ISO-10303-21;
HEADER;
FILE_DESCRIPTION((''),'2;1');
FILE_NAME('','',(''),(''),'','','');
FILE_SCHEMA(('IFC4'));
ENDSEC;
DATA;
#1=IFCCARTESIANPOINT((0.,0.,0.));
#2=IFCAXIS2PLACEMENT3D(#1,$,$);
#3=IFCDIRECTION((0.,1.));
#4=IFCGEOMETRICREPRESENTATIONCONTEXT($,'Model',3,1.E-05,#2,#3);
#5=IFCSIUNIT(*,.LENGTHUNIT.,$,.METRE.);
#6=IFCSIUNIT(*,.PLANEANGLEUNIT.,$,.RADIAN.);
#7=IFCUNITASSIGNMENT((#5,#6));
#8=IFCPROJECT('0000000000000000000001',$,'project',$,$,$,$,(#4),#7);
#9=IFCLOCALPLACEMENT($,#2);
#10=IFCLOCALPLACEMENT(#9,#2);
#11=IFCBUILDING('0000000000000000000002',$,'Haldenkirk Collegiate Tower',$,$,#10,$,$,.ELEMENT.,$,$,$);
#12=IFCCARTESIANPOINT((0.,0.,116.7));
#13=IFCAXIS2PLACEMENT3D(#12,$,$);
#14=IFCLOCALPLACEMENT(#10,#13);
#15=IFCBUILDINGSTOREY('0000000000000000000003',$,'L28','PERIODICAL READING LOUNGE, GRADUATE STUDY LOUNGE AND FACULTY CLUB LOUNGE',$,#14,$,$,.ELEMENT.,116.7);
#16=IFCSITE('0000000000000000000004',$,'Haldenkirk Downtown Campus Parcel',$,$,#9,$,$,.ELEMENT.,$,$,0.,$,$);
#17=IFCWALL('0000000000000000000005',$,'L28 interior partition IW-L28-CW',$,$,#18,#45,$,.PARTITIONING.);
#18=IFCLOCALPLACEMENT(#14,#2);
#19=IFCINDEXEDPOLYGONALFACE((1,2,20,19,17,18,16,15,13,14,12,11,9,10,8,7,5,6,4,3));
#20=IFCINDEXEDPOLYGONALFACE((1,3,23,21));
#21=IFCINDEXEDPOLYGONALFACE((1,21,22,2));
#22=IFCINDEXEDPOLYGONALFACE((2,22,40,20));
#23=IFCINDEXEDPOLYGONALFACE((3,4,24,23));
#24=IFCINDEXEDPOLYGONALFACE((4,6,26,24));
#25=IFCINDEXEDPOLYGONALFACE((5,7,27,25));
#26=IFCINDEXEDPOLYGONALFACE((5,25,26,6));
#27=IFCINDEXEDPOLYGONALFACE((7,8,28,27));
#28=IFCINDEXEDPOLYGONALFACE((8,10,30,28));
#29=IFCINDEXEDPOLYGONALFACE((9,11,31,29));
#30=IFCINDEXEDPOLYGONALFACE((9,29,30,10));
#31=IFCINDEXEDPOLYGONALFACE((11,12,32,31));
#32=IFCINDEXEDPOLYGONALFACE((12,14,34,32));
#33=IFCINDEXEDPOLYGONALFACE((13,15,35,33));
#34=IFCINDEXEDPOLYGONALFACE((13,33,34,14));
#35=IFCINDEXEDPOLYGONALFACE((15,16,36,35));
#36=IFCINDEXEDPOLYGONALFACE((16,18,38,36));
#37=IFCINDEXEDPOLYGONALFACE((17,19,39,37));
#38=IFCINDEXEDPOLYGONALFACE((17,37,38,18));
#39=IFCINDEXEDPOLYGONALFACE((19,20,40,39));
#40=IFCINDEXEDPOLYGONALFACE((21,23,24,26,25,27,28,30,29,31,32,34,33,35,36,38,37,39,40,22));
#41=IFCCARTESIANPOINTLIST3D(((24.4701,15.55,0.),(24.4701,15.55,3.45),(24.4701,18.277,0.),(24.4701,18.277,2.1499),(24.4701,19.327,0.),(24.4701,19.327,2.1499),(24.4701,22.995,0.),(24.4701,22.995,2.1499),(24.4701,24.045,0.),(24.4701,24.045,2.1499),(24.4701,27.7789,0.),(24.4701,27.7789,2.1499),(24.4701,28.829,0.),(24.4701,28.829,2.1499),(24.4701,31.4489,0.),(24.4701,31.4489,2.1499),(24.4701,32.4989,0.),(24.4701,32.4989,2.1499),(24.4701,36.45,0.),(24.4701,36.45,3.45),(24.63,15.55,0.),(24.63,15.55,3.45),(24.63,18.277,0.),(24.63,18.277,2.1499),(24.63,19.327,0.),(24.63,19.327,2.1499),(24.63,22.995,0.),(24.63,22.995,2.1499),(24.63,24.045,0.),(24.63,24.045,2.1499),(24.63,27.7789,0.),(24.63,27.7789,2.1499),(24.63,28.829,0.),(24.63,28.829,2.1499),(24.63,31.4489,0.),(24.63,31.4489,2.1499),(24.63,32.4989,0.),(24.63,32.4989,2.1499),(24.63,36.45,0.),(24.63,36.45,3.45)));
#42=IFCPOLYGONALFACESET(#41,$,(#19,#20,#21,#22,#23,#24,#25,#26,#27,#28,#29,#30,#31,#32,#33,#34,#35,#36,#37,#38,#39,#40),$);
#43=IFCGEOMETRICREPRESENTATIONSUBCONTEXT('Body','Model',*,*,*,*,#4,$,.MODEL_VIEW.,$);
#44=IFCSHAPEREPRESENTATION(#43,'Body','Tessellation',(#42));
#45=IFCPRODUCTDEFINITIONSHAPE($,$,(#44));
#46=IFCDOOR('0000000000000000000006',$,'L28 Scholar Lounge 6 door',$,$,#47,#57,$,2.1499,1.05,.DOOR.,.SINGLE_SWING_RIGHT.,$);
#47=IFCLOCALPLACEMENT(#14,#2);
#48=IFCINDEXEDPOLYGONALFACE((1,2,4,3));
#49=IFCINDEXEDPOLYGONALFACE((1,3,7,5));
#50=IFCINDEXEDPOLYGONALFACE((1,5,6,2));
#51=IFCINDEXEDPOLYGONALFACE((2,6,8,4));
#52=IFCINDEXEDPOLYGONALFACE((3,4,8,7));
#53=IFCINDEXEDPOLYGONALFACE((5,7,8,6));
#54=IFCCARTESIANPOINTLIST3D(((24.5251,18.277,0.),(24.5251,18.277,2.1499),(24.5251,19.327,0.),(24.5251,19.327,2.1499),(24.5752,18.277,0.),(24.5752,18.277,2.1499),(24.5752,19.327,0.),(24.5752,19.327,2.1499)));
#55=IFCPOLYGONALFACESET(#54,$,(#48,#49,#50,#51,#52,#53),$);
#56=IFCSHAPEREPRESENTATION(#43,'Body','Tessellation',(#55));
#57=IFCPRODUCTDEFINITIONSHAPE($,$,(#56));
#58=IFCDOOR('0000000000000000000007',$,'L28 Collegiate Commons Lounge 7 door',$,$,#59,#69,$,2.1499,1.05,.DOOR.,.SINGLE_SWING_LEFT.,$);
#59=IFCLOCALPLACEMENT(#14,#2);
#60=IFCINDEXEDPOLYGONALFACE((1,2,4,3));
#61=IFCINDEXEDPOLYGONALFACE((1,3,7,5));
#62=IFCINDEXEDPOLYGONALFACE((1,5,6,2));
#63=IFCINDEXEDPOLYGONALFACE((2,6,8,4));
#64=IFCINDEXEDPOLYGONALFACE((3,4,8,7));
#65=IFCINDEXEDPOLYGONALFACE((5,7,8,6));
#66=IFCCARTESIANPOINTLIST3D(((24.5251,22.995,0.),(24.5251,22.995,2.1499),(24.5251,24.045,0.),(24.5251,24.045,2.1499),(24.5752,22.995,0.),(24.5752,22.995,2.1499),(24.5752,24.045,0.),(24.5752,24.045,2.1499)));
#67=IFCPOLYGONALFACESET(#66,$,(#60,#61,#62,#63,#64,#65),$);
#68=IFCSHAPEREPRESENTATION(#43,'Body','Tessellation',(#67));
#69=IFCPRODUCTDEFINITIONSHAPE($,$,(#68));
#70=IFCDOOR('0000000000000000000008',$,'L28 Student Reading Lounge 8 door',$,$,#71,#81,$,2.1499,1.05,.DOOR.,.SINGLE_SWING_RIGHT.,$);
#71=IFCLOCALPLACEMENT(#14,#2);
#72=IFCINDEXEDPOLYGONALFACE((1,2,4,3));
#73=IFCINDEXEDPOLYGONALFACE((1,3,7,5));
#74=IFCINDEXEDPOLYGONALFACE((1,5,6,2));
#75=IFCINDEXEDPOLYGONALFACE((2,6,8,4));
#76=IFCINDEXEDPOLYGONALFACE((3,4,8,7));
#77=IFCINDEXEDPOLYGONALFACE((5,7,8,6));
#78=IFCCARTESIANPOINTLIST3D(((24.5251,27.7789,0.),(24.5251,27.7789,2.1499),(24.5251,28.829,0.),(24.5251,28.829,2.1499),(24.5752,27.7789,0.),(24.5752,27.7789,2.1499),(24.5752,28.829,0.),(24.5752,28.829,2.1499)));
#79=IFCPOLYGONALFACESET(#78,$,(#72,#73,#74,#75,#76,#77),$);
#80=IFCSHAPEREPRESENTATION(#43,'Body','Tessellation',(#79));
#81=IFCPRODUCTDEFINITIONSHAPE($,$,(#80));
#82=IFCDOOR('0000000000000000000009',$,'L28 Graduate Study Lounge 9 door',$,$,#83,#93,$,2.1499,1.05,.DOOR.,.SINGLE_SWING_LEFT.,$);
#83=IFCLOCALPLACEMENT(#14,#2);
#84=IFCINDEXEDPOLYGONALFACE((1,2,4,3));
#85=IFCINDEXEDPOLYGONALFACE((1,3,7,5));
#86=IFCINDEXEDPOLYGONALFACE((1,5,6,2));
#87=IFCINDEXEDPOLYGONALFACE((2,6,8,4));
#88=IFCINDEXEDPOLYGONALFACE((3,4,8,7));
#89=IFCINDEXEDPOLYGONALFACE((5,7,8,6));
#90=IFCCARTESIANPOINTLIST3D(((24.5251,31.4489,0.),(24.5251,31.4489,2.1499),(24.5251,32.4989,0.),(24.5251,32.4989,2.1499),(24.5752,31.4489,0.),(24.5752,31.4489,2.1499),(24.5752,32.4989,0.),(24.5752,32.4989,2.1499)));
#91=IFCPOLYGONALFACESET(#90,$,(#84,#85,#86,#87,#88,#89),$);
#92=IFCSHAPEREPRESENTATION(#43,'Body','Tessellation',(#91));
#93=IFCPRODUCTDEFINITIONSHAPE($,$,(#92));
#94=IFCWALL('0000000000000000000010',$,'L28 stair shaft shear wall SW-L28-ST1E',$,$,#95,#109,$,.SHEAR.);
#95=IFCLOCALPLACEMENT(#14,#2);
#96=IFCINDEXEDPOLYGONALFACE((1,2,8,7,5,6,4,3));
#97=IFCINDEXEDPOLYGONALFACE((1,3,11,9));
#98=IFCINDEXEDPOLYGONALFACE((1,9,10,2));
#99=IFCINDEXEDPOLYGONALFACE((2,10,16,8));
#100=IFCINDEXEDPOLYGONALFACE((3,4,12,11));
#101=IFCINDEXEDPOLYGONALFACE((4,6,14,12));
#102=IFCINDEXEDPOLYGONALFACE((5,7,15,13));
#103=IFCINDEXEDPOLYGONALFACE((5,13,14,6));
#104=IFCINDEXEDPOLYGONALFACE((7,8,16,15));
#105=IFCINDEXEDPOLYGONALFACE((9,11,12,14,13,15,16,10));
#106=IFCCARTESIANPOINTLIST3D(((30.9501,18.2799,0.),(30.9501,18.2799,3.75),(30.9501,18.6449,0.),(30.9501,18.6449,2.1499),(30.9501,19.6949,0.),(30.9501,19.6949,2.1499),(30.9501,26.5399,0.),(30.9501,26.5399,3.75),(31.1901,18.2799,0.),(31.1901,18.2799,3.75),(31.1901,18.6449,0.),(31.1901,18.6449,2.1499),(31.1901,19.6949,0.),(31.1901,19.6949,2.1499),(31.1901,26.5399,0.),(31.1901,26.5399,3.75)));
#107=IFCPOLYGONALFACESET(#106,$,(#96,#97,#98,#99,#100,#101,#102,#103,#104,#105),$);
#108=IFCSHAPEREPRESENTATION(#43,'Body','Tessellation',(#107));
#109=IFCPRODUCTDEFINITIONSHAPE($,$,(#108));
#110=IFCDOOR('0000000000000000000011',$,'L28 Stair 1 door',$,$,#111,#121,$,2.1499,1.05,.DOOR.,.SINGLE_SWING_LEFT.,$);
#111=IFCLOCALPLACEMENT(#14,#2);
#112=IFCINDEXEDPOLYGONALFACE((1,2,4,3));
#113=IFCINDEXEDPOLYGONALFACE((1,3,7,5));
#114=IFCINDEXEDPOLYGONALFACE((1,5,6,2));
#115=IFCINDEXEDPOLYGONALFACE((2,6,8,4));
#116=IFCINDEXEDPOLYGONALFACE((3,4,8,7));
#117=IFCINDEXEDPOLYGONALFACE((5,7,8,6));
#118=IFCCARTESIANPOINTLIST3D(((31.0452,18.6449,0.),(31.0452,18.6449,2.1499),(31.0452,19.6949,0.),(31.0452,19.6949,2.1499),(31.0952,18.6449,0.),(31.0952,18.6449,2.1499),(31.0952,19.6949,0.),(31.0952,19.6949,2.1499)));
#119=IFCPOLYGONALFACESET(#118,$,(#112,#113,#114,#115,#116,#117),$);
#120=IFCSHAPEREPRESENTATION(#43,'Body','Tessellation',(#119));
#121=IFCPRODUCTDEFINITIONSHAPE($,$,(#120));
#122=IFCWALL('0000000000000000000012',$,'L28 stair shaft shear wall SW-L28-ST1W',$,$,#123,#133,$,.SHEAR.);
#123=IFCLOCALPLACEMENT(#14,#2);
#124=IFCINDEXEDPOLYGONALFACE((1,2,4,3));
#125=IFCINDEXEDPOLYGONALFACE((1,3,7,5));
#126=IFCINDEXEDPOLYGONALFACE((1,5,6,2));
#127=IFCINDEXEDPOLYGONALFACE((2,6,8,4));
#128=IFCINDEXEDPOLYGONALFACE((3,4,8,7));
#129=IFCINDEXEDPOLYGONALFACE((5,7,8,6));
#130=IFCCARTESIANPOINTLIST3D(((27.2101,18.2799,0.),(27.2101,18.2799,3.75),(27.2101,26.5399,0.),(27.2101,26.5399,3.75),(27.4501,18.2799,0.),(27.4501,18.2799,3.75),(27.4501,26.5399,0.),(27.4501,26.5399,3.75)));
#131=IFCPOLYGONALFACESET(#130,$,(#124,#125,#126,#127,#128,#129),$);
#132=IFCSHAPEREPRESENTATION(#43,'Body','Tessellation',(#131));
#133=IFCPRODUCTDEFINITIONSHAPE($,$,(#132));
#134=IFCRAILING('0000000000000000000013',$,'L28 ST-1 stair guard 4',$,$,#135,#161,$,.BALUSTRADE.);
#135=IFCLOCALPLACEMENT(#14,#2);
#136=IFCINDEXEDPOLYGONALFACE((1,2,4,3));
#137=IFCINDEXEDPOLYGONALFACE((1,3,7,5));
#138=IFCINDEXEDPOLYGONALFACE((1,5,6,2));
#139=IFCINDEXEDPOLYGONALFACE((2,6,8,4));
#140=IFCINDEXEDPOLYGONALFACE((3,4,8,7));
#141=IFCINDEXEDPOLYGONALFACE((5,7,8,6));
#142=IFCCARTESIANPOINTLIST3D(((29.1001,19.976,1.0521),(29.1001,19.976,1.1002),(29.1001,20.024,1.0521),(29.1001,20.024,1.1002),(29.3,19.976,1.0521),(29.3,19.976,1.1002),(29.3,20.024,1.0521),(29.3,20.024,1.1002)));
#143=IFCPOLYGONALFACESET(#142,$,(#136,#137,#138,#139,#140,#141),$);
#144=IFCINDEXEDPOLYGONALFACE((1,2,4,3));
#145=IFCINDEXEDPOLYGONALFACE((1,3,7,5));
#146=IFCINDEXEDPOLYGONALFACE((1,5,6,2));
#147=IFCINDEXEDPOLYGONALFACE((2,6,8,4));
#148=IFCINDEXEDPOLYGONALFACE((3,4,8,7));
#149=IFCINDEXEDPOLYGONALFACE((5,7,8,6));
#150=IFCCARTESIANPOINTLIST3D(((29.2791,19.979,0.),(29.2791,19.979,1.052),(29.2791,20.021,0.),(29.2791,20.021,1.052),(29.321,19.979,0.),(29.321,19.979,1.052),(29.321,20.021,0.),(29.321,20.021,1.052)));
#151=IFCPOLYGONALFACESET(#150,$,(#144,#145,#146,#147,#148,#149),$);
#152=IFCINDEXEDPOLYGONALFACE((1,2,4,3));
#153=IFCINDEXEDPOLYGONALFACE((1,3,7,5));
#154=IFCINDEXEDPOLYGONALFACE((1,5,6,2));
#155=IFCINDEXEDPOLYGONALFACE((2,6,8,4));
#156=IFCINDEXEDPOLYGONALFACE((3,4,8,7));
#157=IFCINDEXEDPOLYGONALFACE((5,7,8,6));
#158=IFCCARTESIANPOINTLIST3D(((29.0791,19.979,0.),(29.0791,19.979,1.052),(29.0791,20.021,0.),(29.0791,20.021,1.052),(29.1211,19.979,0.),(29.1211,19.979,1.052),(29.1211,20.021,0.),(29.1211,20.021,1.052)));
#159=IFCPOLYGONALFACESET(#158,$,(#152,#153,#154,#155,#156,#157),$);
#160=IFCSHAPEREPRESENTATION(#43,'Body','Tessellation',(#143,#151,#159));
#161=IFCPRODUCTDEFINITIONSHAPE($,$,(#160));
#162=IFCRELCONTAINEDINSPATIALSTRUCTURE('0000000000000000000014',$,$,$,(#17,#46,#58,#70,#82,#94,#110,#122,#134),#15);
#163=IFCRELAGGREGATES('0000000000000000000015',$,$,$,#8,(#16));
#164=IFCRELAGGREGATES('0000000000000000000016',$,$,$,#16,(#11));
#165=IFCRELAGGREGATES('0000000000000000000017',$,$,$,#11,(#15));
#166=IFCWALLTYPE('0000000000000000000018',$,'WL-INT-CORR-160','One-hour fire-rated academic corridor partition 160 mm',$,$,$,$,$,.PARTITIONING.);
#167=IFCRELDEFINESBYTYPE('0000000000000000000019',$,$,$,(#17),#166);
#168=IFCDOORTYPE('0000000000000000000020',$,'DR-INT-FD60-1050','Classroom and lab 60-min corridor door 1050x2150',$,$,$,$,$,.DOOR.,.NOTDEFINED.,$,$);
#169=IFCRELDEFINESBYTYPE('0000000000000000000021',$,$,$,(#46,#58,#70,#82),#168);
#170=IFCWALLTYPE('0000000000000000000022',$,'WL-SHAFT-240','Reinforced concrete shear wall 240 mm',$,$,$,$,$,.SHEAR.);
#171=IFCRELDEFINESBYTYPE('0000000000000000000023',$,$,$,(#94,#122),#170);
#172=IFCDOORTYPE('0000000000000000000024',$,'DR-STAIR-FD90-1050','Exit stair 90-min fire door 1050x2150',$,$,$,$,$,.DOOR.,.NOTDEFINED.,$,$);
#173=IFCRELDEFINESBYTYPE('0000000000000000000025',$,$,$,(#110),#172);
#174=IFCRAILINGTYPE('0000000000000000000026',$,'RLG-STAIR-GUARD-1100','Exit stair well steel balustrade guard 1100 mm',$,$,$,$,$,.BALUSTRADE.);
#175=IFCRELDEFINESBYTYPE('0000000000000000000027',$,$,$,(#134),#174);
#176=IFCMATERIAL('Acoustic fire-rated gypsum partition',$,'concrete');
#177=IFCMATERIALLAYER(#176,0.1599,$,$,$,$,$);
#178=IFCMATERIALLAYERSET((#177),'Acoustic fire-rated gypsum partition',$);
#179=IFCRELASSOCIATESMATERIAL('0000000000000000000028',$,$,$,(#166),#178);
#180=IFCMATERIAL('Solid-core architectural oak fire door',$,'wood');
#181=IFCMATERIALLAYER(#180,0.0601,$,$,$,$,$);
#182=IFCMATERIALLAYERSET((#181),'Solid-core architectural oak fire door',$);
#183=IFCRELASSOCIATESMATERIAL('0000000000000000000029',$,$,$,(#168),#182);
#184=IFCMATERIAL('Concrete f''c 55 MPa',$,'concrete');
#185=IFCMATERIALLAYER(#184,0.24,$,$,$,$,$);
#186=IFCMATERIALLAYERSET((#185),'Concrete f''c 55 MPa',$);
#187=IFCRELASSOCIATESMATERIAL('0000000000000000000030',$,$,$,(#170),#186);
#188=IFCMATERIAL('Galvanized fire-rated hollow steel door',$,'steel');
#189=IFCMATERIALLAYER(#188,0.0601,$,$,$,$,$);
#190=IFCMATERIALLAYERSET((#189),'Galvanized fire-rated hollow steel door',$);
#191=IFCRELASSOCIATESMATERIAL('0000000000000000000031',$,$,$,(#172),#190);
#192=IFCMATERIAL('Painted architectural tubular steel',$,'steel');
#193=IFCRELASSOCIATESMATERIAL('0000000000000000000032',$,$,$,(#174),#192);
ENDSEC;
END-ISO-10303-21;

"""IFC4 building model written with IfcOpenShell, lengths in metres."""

from ifc_helpers import new_model, si_unit, direction, frame, frame_2d, origin, origin_2d, place, context, subcontext, project, spatial, rectangle, extrude, material, layer, layer_set, type_object, element, fill, save


model = new_model("IFC4")

# Units and contexts
model_context = context("Model", 3, precision=1e-05, world=origin(), true_north=direction((0.0, 1.0)))
body_context = subcontext(model_context, "Body", "Model", "MODEL_VIEW")
ifc_project = project(units=[si_unit("LENGTHUNIT", "METRE"), si_unit("PLANEANGLEUNIT", "RADIAN")], contexts=[model_context])

# Site, building, storey
site_placement = place(None, origin())
site = spatial("IfcSite", under=ifc_project, at=site_placement, Name="Haldenkirk Downtown Campus Parcel", CompositionType="ELEMENT", RefElevation=0.0)
building_placement = place(site_placement, origin())
building = spatial("IfcBuilding", under=site, at=building_placement, Name="Haldenkirk Collegiate Tower", CompositionType="ELEMENT")
storey_placement = place(building_placement, frame((0.0, 0.0, 116.7)))
storey = spatial("IfcBuildingStorey", under=building, at=storey_placement, Name="L28", Description="PERIODICAL READING LOUNGE, GRADUATE STUDY LOUNGE AND FACULTY CLUB LOUNGE", CompositionType="ELEMENT", Elevation=116.7)

# Shared definitions
ifc_material_1 = material(Name="Galvanized fire-rated hollow steel door", Category="steel")

# Wall, openings, doors
ifc_material_2 = material(Name="Acoustic fire-rated gypsum partition", Category="concrete")
ifc_layer_1 = layer(ifc_material_2, 0.1599)
ifc_layer_set_1 = layer_set([ifc_layer_1], Name="Acoustic fire-rated gypsum partition")
wall_type_1 = type_object("IfcWallType", Name="WL-INT-CORR-160", Description="One-hour fire-rated academic corridor partition 160 mm", PredefinedType="PARTITIONING", material=ifc_layer_set_1)
ifc_material_3 = material(Name="Solid-core architectural oak fire door", Category="wood")
ifc_layer_2 = layer(ifc_material_3, 0.0601)
ifc_layer_set_2 = layer_set([ifc_layer_2], Name="Solid-core architectural oak fire door")
door_type_1 = type_object("IfcDoorType", Name="DR-INT-FD60-1050", Description="Classroom and lab 60-min corridor door 1050x2150", OperationType="NOTDEFINED", PredefinedType="DOOR", material=ifc_layer_set_2)
wall_1_placement = place(storey_placement, frame((24.55, 15.55, 0.0), z_axis=(0.0, 0.0, 1.0), x_axis=(0.0, 1.0, 0.0)))
wall_1 = element("IfcWall", 1, at=wall_1_placement, inside=storey, type_object=wall_type_1, Name="L28 interior partition IW-L28-CW", PredefinedType="PARTITIONING", context=body_context, shape_type="SweptSolid", body=[
    extrude(rectangle(XDim=20.8999, YDim=0.1599, at=frame_2d((10.45, 0.0))), origin(), (0.0, 0.0, 1.0), 3.45),
])
opening_1_placement = place(wall_1_placement, frame((2.7271, 0.0, 0.0)))
opening_1 = element("IfcOpeningElement", 2, at=opening_1_placement, cuts=wall_1, PredefinedType="OPENING", context=body_context, shape_type="SweptSolid", body=[
    extrude(rectangle(XDim=1.05, YDim=2.1499, at=frame_2d((0.5249, 1.075))), frame((0.0, 0.0898, 0.0), z_axis=(0.0, -1.0, 0.0), x_axis=(1.0, 0.0, 0.0)), (0.0, 0.0, 1.0), 0.1799),
])
opening_2_placement = place(wall_1_placement, frame((7.4451, 0.0, 0.0)))
opening_2 = element("IfcOpeningElement", 3, at=opening_2_placement, cuts=wall_1, PredefinedType="OPENING", context=body_context, shape_type="SweptSolid", body=[
    extrude(rectangle(XDim=1.05, YDim=2.1499, at=frame_2d((0.5249, 1.075))), frame((0.0, 0.0898, 0.0), z_axis=(0.0, -1.0, 0.0), x_axis=(1.0, 0.0, 0.0)), (0.0, 0.0, 1.0), 0.1799),
])
opening_3_placement = place(wall_1_placement, frame((12.229, 0.0, 0.0)))
opening_3 = element("IfcOpeningElement", 4, at=opening_3_placement, cuts=wall_1, PredefinedType="OPENING", context=body_context, shape_type="SweptSolid", body=[
    extrude(rectangle(XDim=1.05, YDim=2.1499, at=frame_2d((0.5249, 1.075))), frame((0.0, 0.0898, 0.0), z_axis=(0.0, -1.0, 0.0), x_axis=(1.0, 0.0, 0.0)), (0.0, 0.0, 1.0), 0.1799),
])
opening_4_placement = place(wall_1_placement, frame((15.8989, 0.0, 0.0)))
opening_4 = element("IfcOpeningElement", 5, at=opening_4_placement, cuts=wall_1, PredefinedType="OPENING", context=body_context, shape_type="SweptSolid", body=[
    extrude(rectangle(XDim=1.05, YDim=2.1499, at=frame_2d((0.5249, 1.075))), frame((0.0, 0.0898, 0.0), z_axis=(0.0, -1.0, 0.0), x_axis=(1.0, 0.0, 0.0)), (0.0, 0.0, 1.0), 0.1799),
])
door_1_placement = place(opening_1_placement, origin())
door_1 = element("IfcDoor", 6, at=door_1_placement, inside=storey, type_object=door_type_1, Name="L28 Scholar Lounge 6 door", OperationType="SINGLE_SWING_RIGHT", OverallHeight=2.1499, OverallWidth=1.05, PredefinedType="DOOR", context=body_context, shape_type="SweptSolid", body=[
    extrude(rectangle(XDim=1.05, YDim=2.1499, at=frame_2d((0.5249, 1.075))), frame((0.0, 0.0249, 0.0), z_axis=(0.0, -1.0, 0.0), x_axis=(1.0, 0.0, 0.0)), (0.0, 0.0, 1.0), 0.05),
])
fill(opening_1, door_1)
door_2_placement = place(opening_2_placement, origin())
door_2 = element("IfcDoor", 7, at=door_2_placement, inside=storey, type_object=door_type_1, Name="L28 Collegiate Commons Lounge 7 door", OperationType="SINGLE_SWING_LEFT", OverallHeight=2.1499, OverallWidth=1.05, PredefinedType="DOOR", context=body_context, shape_type="SweptSolid", body=[
    extrude(rectangle(XDim=1.05, YDim=2.1499, at=frame_2d((0.5249, 1.075))), frame((0.0, 0.0249, 0.0), z_axis=(0.0, -1.0, 0.0), x_axis=(1.0, 0.0, 0.0)), (0.0, 0.0, 1.0), 0.05),
])
fill(opening_2, door_2)
door_3_placement = place(opening_3_placement, origin())
door_3 = element("IfcDoor", 8, at=door_3_placement, inside=storey, type_object=door_type_1, Name="L28 Student Reading Lounge 8 door", OperationType="SINGLE_SWING_RIGHT", OverallHeight=2.1499, OverallWidth=1.05, PredefinedType="DOOR", context=body_context, shape_type="SweptSolid", body=[
    extrude(rectangle(XDim=1.05, YDim=2.1499, at=frame_2d((0.5249, 1.075))), frame((0.0, 0.0249, 0.0), z_axis=(0.0, -1.0, 0.0), x_axis=(1.0, 0.0, 0.0)), (0.0, 0.0, 1.0), 0.05),
])
fill(opening_3, door_3)
door_4_placement = place(opening_4_placement, origin())
door_4 = element("IfcDoor", 9, at=door_4_placement, inside=storey, type_object=door_type_1, Name="L28 Graduate Study Lounge 9 door", OperationType="SINGLE_SWING_LEFT", OverallHeight=2.1499, OverallWidth=1.05, PredefinedType="DOOR", context=body_context, shape_type="SweptSolid", body=[
    extrude(rectangle(XDim=1.05, YDim=2.1499, at=frame_2d((0.5249, 1.075))), frame((0.0, 0.0249, 0.0), z_axis=(0.0, -1.0, 0.0), x_axis=(1.0, 0.0, 0.0)), (0.0, 0.0, 1.0), 0.05),
])
fill(opening_4, door_4)

# Wall, opening, door
ifc_material_4 = material(Name="Concrete f'c 55 MPa", Category="concrete")
ifc_layer_3 = layer(ifc_material_4, 0.24)
ifc_layer_set_3 = layer_set([ifc_layer_3], Name="Concrete f'c 55 MPa")
wall_type_2 = type_object("IfcWallType", Name="WL-SHAFT-240", Description="Reinforced concrete shear wall 240 mm", PredefinedType="SHEAR", material=ifc_layer_set_3)
wall_2_placement = place(storey_placement, frame((31.0701, 18.28, 0.0), z_axis=(0.0, 0.0, 1.0), x_axis=(0.0, 1.0, 0.0)))
wall_2 = element("IfcWall", 10, at=wall_2_placement, inside=storey, type_object=wall_type_2, Name="L28 stair shaft shear wall SW-L28-ST1E", PredefinedType="SHEAR", context=body_context, shape_type="SweptSolid", body=[
    extrude(rectangle(XDim=8.26, YDim=0.24, at=frame_2d((4.1299, 0.0))), origin(), (0.0, 0.0, 1.0), 3.75),
])
opening_5_placement = place(wall_2_placement, frame((0.365, 0.0, 0.0)))
opening_5 = element("IfcOpeningElement", 11, at=opening_5_placement, cuts=wall_2, PredefinedType="OPENING", context=body_context, shape_type="SweptSolid", body=[
    extrude(rectangle(XDim=1.05, YDim=2.1499, at=frame_2d((0.5249, 1.075))), frame((0.0, 0.1299, 0.0), z_axis=(0.0, -1.0, 0.0), x_axis=(1.0, 0.0, 0.0)), (0.0, 0.0, 1.0), 0.26),
])
ifc_layer_4 = layer(ifc_material_1, 0.0601)
ifc_layer_set_4 = layer_set([ifc_layer_4], Name="Galvanized fire-rated hollow steel door")
door_type_2 = type_object("IfcDoorType", Name="DR-STAIR-FD90-1050", Description="Exit stair 90-min fire door 1050x2150", OperationType="NOTDEFINED", PredefinedType="DOOR", material=ifc_layer_set_4)
door_5_placement = place(opening_5_placement, origin())
door_5 = element("IfcDoor", 12, at=door_5_placement, inside=storey, type_object=door_type_2, Name="L28 Stair 1 door", OperationType="SINGLE_SWING_LEFT", OverallHeight=2.1499, OverallWidth=1.05, PredefinedType="DOOR", context=body_context, shape_type="SweptSolid", body=[
    extrude(rectangle(XDim=1.05, YDim=2.1499, at=frame_2d((0.5249, 1.075))), frame((0.0, 0.0249, 0.0), z_axis=(0.0, -1.0, 0.0), x_axis=(1.0, 0.0, 0.0)), (0.0, 0.0, 1.0), 0.05),
])
fill(opening_5, door_5)

# Wall
wall_3_placement = place(storey_placement, frame((27.3301, 18.28, 0.0), z_axis=(0.0, 0.0, 1.0), x_axis=(0.0, 1.0, 0.0)))
element("IfcWall", 13, at=wall_3_placement, inside=storey, type_object=wall_type_2, Name="L28 stair shaft shear wall SW-L28-ST1W", PredefinedType="SHEAR", context=body_context, shape_type="SweptSolid", body=[
    extrude(rectangle(XDim=8.26, YDim=0.24, at=frame_2d((4.1299, 0.0))), origin(), (0.0, 0.0, 1.0), 3.75),
])

# Railing
ifc_material_5 = material(Name="Painted architectural tubular steel", Category="steel")
railing_type = type_object("IfcRailingType", Name="RLG-STAIR-GUARD-1100", Description="Exit stair well steel balustrade guard 1100 mm", PredefinedType="BALUSTRADE", material=ifc_material_5)
railing_placement = place(storey_placement, frame((29.3, 20.0, 0.0)))
element("IfcRailing", 14, at=railing_placement, inside=storey, type_object=railing_type, Name="L28 ST-1 stair guard 4", PredefinedType="BALUSTRADE", context=body_context, shape_type="SweptSolid", body=[
    extrude(rectangle(XDim=0.0481, YDim=0.0481, at=origin_2d()), frame((0.0, 0.0, 1.0762), z_axis=(-1.0, 0.0, 0.0), x_axis=(0.0, -1.0, 0.0)), (0.0, 0.0, 1.0), 0.2),
    extrude(rectangle(XDim=0.042, YDim=0.042, at=origin_2d()), origin(), (0.0, 0.0, 1.0), 1.052),
    extrude(rectangle(XDim=0.042, YDim=0.042, at=origin_2d()), frame((-0.2, 0.0, 0.0)), (0.0, 0.0, 1.0), 1.052),
])

save(model, "model.ifc")
